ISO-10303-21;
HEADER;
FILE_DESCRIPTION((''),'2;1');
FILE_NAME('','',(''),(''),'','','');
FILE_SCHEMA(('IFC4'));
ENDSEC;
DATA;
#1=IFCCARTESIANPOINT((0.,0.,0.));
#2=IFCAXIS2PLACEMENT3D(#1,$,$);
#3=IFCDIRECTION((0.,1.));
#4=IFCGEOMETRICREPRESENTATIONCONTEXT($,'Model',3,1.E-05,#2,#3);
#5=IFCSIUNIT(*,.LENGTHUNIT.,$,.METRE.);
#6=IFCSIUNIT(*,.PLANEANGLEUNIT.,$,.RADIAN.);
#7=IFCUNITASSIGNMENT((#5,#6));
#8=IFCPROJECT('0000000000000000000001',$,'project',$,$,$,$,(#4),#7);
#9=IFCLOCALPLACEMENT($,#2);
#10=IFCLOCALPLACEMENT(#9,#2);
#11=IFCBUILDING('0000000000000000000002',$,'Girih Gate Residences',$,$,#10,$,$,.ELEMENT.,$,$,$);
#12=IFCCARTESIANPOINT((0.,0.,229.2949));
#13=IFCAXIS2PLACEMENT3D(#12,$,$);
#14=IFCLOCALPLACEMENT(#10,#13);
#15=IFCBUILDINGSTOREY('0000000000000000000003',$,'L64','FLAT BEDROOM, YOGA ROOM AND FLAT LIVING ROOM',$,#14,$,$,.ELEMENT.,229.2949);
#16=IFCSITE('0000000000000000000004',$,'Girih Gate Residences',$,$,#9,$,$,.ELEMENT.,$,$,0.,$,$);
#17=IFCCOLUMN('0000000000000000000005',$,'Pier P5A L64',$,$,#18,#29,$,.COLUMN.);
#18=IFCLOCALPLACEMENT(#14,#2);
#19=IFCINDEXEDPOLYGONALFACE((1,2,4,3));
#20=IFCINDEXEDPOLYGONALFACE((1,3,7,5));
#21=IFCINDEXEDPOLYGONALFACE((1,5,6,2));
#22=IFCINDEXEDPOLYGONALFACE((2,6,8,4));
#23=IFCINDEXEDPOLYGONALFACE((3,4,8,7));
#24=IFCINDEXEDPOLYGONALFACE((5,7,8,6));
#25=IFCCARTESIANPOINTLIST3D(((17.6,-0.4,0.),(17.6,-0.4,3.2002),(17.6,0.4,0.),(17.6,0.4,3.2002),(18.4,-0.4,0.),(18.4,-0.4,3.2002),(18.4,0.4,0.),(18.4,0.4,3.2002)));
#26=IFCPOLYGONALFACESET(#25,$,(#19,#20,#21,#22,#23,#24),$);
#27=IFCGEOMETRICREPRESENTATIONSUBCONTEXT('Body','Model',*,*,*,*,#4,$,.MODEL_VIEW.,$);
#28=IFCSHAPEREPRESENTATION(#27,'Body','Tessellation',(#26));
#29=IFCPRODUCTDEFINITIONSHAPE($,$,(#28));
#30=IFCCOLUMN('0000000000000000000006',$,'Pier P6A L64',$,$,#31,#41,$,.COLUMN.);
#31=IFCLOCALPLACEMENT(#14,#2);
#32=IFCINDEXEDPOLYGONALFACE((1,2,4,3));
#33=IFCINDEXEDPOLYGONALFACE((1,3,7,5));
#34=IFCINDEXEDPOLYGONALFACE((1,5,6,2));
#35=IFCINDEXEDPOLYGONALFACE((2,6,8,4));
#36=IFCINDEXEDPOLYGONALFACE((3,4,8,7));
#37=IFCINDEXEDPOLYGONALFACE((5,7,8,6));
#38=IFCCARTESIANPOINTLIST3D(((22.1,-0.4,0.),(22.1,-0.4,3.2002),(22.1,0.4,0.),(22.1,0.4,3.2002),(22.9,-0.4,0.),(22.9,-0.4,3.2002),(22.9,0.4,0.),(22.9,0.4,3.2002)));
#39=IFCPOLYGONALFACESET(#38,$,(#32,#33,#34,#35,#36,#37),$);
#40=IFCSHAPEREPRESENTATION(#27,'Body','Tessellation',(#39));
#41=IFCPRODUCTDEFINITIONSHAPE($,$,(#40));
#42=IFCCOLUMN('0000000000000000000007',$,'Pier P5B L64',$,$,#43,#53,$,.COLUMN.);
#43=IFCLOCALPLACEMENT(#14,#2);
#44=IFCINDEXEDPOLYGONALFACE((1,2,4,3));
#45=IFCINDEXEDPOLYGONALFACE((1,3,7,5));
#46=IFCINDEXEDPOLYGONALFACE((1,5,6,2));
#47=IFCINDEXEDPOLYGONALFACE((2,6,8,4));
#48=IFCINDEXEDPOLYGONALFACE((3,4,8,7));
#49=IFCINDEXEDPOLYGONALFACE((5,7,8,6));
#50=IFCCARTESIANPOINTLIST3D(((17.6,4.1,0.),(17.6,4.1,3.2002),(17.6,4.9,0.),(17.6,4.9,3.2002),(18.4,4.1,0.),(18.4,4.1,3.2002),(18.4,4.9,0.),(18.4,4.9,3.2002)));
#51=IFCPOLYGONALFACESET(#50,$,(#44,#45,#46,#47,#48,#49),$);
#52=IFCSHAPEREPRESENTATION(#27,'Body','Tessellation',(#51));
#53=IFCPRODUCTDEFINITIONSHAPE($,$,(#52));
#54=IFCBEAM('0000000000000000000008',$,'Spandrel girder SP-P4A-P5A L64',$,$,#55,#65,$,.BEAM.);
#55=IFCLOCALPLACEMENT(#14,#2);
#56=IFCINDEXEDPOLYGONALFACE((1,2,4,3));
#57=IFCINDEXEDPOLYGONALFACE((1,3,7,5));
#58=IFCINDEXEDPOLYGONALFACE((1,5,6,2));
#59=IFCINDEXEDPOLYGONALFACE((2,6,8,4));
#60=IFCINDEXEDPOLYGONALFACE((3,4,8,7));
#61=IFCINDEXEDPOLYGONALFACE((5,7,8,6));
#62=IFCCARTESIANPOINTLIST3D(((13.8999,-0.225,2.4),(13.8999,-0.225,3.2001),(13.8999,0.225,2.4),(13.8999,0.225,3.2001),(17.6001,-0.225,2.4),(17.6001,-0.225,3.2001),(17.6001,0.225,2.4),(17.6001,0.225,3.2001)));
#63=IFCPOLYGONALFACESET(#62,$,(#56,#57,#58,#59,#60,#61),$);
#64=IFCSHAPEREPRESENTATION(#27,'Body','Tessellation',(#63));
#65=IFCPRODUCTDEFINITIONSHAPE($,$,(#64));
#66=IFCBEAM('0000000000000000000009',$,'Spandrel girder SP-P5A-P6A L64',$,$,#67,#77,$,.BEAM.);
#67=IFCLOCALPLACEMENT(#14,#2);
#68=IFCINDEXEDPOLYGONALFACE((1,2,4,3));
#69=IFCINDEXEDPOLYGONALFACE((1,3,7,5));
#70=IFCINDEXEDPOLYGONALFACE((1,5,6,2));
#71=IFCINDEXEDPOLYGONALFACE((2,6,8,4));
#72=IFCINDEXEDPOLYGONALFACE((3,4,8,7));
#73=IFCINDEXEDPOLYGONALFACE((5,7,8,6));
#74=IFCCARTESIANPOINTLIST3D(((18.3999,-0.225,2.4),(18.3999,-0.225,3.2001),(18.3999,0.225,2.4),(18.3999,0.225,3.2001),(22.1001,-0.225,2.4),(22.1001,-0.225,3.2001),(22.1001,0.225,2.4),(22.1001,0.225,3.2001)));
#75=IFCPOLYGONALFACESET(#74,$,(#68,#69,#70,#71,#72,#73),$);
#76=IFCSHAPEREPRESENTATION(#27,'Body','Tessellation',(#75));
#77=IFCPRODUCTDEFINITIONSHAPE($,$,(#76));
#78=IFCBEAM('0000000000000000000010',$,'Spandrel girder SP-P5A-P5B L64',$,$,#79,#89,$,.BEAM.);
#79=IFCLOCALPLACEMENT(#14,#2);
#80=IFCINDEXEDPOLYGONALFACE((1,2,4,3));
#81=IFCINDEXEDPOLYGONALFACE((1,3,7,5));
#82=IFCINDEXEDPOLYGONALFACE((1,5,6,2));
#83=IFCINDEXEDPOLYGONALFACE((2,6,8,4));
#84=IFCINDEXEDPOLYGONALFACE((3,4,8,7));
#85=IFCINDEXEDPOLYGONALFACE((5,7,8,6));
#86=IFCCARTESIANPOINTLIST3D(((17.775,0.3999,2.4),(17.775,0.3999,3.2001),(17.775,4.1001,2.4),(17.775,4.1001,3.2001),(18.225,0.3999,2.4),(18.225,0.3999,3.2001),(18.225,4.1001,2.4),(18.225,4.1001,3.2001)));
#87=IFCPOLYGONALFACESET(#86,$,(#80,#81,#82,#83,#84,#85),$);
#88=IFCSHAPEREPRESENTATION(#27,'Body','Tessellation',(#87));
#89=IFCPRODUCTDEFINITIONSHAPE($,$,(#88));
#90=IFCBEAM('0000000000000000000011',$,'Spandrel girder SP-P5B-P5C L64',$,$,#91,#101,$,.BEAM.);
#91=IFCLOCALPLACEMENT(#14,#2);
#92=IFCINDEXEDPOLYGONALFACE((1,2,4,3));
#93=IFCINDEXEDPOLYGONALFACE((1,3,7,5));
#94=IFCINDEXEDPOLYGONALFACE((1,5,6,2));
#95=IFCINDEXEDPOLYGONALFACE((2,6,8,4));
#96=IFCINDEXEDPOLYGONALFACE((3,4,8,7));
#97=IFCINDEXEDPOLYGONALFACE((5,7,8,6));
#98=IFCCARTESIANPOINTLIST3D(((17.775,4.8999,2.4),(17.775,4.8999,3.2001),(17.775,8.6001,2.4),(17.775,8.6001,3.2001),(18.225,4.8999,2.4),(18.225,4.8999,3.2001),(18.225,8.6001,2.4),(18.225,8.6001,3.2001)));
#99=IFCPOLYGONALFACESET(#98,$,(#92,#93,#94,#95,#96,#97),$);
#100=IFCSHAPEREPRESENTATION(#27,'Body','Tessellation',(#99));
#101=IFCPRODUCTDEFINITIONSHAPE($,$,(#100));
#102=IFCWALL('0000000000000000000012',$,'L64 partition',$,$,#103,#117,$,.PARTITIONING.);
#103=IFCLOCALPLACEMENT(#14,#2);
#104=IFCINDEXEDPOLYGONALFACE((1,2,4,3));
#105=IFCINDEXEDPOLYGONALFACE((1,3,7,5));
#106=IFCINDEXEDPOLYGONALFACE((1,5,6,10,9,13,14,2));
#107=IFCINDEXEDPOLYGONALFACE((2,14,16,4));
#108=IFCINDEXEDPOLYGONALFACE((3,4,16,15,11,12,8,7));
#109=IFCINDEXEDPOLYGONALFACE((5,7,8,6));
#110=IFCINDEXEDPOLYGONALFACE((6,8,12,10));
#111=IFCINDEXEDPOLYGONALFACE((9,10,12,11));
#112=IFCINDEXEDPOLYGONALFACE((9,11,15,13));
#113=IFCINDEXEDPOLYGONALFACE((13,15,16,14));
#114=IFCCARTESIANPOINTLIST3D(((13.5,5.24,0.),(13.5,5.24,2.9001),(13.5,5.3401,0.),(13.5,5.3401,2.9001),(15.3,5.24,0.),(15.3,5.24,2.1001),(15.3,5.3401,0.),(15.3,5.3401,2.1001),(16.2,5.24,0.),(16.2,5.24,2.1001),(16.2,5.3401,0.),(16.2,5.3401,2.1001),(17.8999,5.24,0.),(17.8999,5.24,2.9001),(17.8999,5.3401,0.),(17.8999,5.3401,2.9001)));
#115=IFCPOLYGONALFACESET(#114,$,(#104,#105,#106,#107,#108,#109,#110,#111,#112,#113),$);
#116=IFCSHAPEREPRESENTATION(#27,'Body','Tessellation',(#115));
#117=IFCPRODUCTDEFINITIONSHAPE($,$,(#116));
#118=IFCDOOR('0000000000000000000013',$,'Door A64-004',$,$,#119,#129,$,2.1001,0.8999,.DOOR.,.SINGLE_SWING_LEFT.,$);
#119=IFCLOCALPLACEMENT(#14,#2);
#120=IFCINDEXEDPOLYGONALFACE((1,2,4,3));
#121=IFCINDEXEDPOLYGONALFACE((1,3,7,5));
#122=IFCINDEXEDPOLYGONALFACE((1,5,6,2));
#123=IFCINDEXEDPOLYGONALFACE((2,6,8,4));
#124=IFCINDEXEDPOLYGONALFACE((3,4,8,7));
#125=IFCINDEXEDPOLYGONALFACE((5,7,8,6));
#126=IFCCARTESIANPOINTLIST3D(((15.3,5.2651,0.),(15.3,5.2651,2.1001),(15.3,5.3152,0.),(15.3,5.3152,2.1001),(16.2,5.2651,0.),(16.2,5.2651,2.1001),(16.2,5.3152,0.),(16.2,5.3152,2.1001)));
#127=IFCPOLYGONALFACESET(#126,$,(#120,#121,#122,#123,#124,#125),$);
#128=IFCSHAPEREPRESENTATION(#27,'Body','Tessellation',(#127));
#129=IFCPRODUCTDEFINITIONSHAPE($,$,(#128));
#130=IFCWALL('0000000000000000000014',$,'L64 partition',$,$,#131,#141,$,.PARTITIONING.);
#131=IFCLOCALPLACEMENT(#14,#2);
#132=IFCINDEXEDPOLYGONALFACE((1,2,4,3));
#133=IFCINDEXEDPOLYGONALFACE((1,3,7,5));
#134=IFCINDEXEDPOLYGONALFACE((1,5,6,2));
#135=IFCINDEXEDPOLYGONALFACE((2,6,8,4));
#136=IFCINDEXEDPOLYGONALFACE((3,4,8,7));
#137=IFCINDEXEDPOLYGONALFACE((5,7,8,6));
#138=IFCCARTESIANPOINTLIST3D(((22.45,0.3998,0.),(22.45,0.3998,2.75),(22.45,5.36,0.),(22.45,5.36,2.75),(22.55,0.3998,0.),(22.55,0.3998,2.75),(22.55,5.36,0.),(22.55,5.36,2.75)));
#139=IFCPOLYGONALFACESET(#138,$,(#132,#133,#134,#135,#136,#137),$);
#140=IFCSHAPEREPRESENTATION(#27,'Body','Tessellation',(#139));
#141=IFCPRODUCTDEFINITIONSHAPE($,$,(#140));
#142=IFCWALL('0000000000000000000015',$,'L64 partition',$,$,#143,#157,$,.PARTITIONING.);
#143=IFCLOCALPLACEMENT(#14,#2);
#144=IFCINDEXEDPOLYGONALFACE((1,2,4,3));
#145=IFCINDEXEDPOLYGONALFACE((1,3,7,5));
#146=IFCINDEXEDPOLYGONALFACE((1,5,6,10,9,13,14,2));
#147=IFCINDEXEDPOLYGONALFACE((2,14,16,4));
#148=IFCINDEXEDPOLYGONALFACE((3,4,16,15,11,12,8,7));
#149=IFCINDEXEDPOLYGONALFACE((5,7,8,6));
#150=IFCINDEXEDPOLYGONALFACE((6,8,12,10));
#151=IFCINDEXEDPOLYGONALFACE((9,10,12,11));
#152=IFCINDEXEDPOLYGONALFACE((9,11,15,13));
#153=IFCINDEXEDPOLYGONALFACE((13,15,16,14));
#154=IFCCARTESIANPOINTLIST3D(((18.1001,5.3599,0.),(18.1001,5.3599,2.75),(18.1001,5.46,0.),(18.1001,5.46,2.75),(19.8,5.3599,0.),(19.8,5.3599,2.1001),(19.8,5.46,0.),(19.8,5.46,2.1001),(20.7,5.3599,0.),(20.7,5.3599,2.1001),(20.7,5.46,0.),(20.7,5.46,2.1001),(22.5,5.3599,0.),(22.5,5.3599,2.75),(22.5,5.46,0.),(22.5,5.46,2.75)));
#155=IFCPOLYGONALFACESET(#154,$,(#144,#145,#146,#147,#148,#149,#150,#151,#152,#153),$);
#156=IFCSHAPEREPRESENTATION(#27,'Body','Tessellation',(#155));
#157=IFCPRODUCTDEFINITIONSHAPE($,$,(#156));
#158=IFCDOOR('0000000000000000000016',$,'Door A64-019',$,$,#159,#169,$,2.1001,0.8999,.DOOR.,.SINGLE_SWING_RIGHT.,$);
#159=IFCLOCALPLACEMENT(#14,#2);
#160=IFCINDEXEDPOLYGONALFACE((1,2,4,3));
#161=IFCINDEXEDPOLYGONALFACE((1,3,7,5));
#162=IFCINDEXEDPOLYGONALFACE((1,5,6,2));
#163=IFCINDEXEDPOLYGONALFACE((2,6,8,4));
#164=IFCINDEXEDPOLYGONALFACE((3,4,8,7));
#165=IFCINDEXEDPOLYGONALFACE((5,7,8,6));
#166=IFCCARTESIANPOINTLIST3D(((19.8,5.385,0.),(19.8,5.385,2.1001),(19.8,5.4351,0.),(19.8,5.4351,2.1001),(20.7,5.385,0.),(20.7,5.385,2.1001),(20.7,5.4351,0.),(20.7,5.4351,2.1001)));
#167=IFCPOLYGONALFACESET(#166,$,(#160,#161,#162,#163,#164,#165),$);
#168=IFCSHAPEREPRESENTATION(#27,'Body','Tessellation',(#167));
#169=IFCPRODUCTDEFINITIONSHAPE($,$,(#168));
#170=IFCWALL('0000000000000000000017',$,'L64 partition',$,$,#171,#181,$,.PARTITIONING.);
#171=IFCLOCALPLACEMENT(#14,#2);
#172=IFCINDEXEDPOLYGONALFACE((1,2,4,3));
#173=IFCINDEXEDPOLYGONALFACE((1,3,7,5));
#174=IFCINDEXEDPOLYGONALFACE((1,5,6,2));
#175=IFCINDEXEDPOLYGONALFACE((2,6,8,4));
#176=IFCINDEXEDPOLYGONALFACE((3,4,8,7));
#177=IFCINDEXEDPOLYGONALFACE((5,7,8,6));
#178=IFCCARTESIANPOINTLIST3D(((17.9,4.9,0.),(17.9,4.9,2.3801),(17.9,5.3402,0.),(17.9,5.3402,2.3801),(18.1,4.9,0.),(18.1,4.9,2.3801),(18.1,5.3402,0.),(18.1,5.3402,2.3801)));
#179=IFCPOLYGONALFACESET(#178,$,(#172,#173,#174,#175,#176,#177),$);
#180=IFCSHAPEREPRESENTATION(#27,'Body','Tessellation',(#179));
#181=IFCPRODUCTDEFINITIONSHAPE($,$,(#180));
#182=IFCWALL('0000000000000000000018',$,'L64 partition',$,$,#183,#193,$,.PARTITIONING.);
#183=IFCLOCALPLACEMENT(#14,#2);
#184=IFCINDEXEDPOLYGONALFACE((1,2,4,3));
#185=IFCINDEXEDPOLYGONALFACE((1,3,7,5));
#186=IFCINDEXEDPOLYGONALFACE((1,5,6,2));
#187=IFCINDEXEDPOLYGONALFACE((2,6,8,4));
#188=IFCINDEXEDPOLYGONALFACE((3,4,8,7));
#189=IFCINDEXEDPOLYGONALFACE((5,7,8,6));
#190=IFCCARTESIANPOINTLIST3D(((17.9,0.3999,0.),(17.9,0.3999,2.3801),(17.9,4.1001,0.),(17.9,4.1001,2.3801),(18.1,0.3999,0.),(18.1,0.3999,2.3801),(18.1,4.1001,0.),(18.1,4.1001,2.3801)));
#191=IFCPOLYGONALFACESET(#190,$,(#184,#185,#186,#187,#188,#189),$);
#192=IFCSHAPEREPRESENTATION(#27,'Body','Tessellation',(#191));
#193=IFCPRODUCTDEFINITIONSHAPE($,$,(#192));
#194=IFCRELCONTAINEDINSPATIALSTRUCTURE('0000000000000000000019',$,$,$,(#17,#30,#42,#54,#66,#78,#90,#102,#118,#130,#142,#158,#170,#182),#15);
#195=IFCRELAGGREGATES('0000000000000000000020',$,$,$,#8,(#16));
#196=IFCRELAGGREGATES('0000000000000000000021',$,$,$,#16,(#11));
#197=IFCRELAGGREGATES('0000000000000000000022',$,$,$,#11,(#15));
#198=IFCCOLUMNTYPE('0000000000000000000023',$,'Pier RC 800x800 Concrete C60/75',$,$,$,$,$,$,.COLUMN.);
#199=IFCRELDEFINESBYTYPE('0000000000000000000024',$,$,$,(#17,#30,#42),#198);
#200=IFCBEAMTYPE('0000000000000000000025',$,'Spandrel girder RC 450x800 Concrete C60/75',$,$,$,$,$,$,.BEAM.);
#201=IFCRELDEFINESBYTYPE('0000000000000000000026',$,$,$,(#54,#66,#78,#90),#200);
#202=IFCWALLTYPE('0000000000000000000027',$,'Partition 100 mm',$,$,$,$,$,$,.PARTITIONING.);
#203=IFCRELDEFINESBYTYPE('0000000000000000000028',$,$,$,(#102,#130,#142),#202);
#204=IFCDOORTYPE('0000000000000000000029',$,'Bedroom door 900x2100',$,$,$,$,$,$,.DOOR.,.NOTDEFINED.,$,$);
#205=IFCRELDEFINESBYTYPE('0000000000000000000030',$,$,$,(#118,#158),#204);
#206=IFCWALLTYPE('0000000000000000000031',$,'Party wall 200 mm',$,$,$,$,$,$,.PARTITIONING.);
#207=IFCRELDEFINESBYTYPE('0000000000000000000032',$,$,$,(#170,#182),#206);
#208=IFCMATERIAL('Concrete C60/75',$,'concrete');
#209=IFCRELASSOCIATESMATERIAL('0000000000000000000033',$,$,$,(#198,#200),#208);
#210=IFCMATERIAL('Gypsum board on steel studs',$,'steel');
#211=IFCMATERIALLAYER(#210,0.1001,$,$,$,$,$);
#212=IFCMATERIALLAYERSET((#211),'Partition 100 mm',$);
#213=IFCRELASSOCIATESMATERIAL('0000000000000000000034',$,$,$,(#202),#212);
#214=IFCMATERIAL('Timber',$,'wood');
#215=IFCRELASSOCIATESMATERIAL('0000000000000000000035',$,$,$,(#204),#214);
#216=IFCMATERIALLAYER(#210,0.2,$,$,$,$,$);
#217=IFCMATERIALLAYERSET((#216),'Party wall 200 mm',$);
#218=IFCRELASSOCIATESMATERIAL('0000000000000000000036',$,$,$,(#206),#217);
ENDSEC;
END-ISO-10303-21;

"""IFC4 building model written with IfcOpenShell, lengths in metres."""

from ifc_helpers import new_model, si_unit, direction, frame, frame_2d, origin, origin_2d, place, context, subcontext, project, spatial, rectangle, extrude, material, layer, layer_set, material_profile, profile_set, type_object, element, fill, save


model = new_model("IFC4")

# Units and contexts
model_context = context("Model", 3, precision=1e-05, world=origin(), true_north=direction((0.0, 1.0)))
body_context = subcontext(model_context, "Body", "Model", "MODEL_VIEW")
ifc_project = project(units=[si_unit("LENGTHUNIT", "METRE"), si_unit("PLANEANGLEUNIT", "RADIAN")], contexts=[model_context])

# Site, building, storey
site_placement = place(None, origin())
site = spatial("IfcSite", under=ifc_project, at=site_placement, Name="Girih Gate Residences", CompositionType="ELEMENT", RefElevation=0.0)
building_placement = place(site_placement, origin())
building = spatial("IfcBuilding", under=site, at=building_placement, Name="Girih Gate Residences", CompositionType="ELEMENT")
storey_placement = place(building_placement, frame((0.0, 0.0, 229.2949)))
storey = spatial("IfcBuildingStorey", under=building, at=storey_placement, Name="L64", Description="FLAT BEDROOM, YOGA ROOM AND FLAT LIVING ROOM", CompositionType="ELEMENT", Elevation=229.2949)

# Columns
ifc_material_1 = material(Name="Concrete C60/75", Category="concrete")
ifc_material_profile_1 = material_profile(ifc_material_1, rectangle(XDim=0.8, YDim=0.8, at=origin_2d()))
ifc_profile_set_1 = profile_set([ifc_material_profile_1], Name="Concrete C60/75")
column_type = type_object("IfcColumnType", Name="Pier RC 800x800 Concrete C60/75", PredefinedType="COLUMN", material=ifc_profile_set_1)
for number, where, z_axis, x_axis, name in (
    (1, (18.0, 0.0, 0.0), (0.0, 0.0, 1.0), (1.0, 0.0, 0.0), "Pier P5A L64"),
    (2, (22.5, 0.0, 0.0), (0.0, 0.0, 1.0), (1.0, 0.0, 0.0), "Pier P6A L64"),
    (3, (18.0, 4.5, 0.0), (0.0, 0.0, 1.0), (1.0, 0.0, 0.0), "Pier P5B L64"),
):
    element("IfcColumn", number, at=place(storey_placement, frame(where, z_axis=z_axis, x_axis=x_axis)), inside=storey, type_object=column_type, Name=name, PredefinedType="COLUMN", context=body_context, shape_type="SweptSolid", body=[
        extrude(rectangle(XDim=0.8, YDim=0.8, at=origin_2d()), origin(), (0.0, 0.0, 1.0), 3.2002),
    ])

# Beams
ifc_material_profile_2 = material_profile(ifc_material_1, rectangle(XDim=0.45, YDim=0.8, at=origin_2d()))
ifc_profile_set_2 = profile_set([ifc_material_profile_2], Name="Concrete C60/75")
beam_type = type_object("IfcBeamType", Name="Spandrel girder RC 450x800 Concrete C60/75", PredefinedType="BEAM", material=ifc_profile_set_2)
for number, where, z_axis, x_axis, name in (
    (4, (13.8999, 0.0, 2.8), (1.0, 0.0, 0.0), (0.0, 1.0, 0.0), "Spandrel girder SP-P4A-P5A L64"),
    (5, (18.3999, 0.0, 2.8), (1.0, 0.0, 0.0), (0.0, 1.0, 0.0), "Spandrel girder SP-P5A-P6A L64"),
    (6, (18.0, 0.3999, 2.8), (0.0, 1.0, 0.0), (-1.0, 0.0, 0.0), "Spandrel girder SP-P5A-P5B L64"),
    (7, (18.0, 4.8999, 2.8), (0.0, 1.0, 0.0), (-1.0, 0.0, 0.0), "Spandrel girder SP-P5B-P5C L64"),
):
    element("IfcBeam", number, at=place(storey_placement, frame(where, z_axis=z_axis, x_axis=x_axis)), inside=storey, type_object=beam_type, Name=name, PredefinedType="BEAM", context=body_context, shape_type="SweptSolid", body=[
        extrude(rectangle(XDim=0.45, YDim=0.8, at=origin_2d()), origin(), (0.0, 0.0, 1.0), 3.7002),
    ])

# Wall, opening, door
ifc_material_2 = material(Name="Gypsum board on steel studs", Category="steel")
ifc_layer_1 = layer(ifc_material_2, 0.1001)
ifc_layer_set_1 = layer_set([ifc_layer_1], Name="Partition 100 mm")
wall_type_1 = type_object("IfcWallType", Name="Partition 100 mm", PredefinedType="PARTITIONING", material=ifc_layer_set_1)
wall_1_placement = place(storey_placement, frame((17.8999, 5.29, 0.0), z_axis=(0.0, 0.0, 1.0), x_axis=(-1.0, 0.0, 0.0)))
wall_1 = element("IfcWall", 8, at=wall_1_placement, inside=storey, type_object=wall_type_1, Name="L64 partition", PredefinedType="PARTITIONING", context=body_context, shape_type="SweptSolid", body=[
    extrude(rectangle(XDim=4.3999, YDim=0.1001, at=frame_2d((2.2, 0.0))), origin(), (0.0, 0.0, 1.0), 2.9001),
])
opening_1_placement = place(wall_1_placement, frame((1.7, 0.0, 0.0)))
opening_1 = element("IfcOpeningElement", 9, at=opening_1_placement, cuts=wall_1, PredefinedType="OPENING", context=body_context, shape_type="SweptSolid", body=[
    extrude(rectangle(XDim=0.8999, YDim=2.1001, at=frame_2d((0.45, 1.05))), frame((0.0, 0.0601, 0.0), z_axis=(0.0, -1.0, 0.0), x_axis=(1.0, 0.0, 0.0)), (0.0, 0.0, 1.0), 0.1201),
])
ifc_material_3 = material(Name="Timber", Category="wood")
door_type_1 = type_object("IfcDoorType", Name="Bedroom door 900x2100", OperationType="NOTDEFINED", PredefinedType="DOOR", material=ifc_material_3)
door_1_placement = place(opening_1_placement, origin())
door_1 = element("IfcDoor", 10, at=door_1_placement, inside=storey, type_object=door_type_1, Name="Door A64-004", OperationType="SINGLE_SWING_LEFT", OverallHeight=2.1001, OverallWidth=0.8999, PredefinedType="DOOR", context=body_context, shape_type="SweptSolid", body=[
    extrude(rectangle(XDim=0.8999, YDim=2.1001, at=frame_2d((0.45, 1.05))), frame((0.0, 0.0249, 0.0), z_axis=(0.0, -1.0, 0.0), x_axis=(1.0, 0.0, 0.0)), (0.0, 0.0, 1.0), 0.05),
])
fill(opening_1, door_1)

# Wall
wall_2_placement = place(storey_placement, frame((22.5, 0.3999, 0.0), z_axis=(0.0, 0.0, 1.0), x_axis=(0.0, 1.0, 0.0)))
element("IfcWall", 11, at=wall_2_placement, inside=storey, type_object=wall_type_1, Name="L64 partition", PredefinedType="PARTITIONING", context=body_context, shape_type="SweptSolid", body=[
    extrude(rectangle(XDim=4.9602, YDim=0.1001, at=frame_2d((2.48, 0.0))), origin(), (0.0, 0.0, 1.0), 2.75),
])

# Wall, opening, door
wall_3_placement = place(storey_placement, frame((22.5, 5.4099, 0.0), z_axis=(0.0, 0.0, 1.0), x_axis=(-1.0, 0.0, 0.0)))
wall_3 = element("IfcWall", 12, at=wall_3_placement, inside=storey, type_object=wall_type_1, Name="L64 partition", PredefinedType="PARTITIONING", context=body_context, shape_type="SweptSolid", body=[
    extrude(rectangle(XDim=4.3999, YDim=0.1001, at=frame_2d((2.2, 0.0))), origin(), (0.0, 0.0, 1.0), 2.75),
])
opening_2_placement = place(wall_3_placement, frame((1.8, 0.0, 0.0)))
opening_2 = element("IfcOpeningElement", 13, at=opening_2_placement, cuts=wall_3, PredefinedType="OPENING", context=body_context, shape_type="SweptSolid", body=[
    extrude(rectangle(XDim=0.8999, YDim=2.1001, at=frame_2d((0.45, 1.05))), frame((0.0, 0.0601, 0.0), z_axis=(0.0, -1.0, 0.0), x_axis=(1.0, 0.0, 0.0)), (0.0, 0.0, 1.0), 0.1201),
])
door_2_placement = place(opening_2_placement, origin())
door_2 = element("IfcDoor", 14, at=door_2_placement, inside=storey, type_object=door_type_1, Name="Door A64-019", OperationType="SINGLE_SWING_RIGHT", OverallHeight=2.1001, OverallWidth=0.8999, PredefinedType="DOOR", context=body_context, shape_type="SweptSolid", body=[
    extrude(rectangle(XDim=0.8999, YDim=2.1001, at=frame_2d((0.45, 1.05))), frame((0.0, 0.0249, 0.0), z_axis=(0.0, -1.0, 0.0), x_axis=(1.0, 0.0, 0.0)), (0.0, 0.0, 1.0), 0.05),
])
fill(opening_2, door_2)

# Walls
ifc_layer_2 = layer(ifc_material_2, 0.2)
ifc_layer_set_2 = layer_set([ifc_layer_2], Name="Party wall 200 mm")
wall_type_2 = type_object("IfcWallType", Name="Party wall 200 mm", PredefinedType="PARTITIONING", material=ifc_layer_set_2)
wall_4_placement = place(storey_placement, frame((18.0, 4.8999, 0.0), z_axis=(0.0, 0.0, 1.0), x_axis=(0.0, 1.0, 0.0)))
element("IfcWall", 15, at=wall_4_placement, inside=storey, type_object=wall_type_2, Name="L64 partition", PredefinedType="PARTITIONING", context=body_context, shape_type="SweptSolid", body=[
    extrude(rectangle(XDim=0.4402, YDim=0.2, at=frame_2d((0.2202, 0.0))), origin(), (0.0, 0.0, 1.0), 2.3801),
])
wall_5_placement = place(storey_placement, frame((18.0, 0.3999, 0.0), z_axis=(0.0, 0.0, 1.0), x_axis=(0.0, 1.0, 0.0)))
element("IfcWall", 16, at=wall_5_placement, inside=storey, type_object=wall_type_2, Name="L64 partition", PredefinedType="PARTITIONING", context=body_context, shape_type="SweptSolid", body=[
    extrude(rectangle(XDim=3.7002, YDim=0.2, at=frame_2d((1.8501, 0.0))), origin(), (0.0, 0.0, 1.0), 2.3801),
])

save(model, "model.ifc")
